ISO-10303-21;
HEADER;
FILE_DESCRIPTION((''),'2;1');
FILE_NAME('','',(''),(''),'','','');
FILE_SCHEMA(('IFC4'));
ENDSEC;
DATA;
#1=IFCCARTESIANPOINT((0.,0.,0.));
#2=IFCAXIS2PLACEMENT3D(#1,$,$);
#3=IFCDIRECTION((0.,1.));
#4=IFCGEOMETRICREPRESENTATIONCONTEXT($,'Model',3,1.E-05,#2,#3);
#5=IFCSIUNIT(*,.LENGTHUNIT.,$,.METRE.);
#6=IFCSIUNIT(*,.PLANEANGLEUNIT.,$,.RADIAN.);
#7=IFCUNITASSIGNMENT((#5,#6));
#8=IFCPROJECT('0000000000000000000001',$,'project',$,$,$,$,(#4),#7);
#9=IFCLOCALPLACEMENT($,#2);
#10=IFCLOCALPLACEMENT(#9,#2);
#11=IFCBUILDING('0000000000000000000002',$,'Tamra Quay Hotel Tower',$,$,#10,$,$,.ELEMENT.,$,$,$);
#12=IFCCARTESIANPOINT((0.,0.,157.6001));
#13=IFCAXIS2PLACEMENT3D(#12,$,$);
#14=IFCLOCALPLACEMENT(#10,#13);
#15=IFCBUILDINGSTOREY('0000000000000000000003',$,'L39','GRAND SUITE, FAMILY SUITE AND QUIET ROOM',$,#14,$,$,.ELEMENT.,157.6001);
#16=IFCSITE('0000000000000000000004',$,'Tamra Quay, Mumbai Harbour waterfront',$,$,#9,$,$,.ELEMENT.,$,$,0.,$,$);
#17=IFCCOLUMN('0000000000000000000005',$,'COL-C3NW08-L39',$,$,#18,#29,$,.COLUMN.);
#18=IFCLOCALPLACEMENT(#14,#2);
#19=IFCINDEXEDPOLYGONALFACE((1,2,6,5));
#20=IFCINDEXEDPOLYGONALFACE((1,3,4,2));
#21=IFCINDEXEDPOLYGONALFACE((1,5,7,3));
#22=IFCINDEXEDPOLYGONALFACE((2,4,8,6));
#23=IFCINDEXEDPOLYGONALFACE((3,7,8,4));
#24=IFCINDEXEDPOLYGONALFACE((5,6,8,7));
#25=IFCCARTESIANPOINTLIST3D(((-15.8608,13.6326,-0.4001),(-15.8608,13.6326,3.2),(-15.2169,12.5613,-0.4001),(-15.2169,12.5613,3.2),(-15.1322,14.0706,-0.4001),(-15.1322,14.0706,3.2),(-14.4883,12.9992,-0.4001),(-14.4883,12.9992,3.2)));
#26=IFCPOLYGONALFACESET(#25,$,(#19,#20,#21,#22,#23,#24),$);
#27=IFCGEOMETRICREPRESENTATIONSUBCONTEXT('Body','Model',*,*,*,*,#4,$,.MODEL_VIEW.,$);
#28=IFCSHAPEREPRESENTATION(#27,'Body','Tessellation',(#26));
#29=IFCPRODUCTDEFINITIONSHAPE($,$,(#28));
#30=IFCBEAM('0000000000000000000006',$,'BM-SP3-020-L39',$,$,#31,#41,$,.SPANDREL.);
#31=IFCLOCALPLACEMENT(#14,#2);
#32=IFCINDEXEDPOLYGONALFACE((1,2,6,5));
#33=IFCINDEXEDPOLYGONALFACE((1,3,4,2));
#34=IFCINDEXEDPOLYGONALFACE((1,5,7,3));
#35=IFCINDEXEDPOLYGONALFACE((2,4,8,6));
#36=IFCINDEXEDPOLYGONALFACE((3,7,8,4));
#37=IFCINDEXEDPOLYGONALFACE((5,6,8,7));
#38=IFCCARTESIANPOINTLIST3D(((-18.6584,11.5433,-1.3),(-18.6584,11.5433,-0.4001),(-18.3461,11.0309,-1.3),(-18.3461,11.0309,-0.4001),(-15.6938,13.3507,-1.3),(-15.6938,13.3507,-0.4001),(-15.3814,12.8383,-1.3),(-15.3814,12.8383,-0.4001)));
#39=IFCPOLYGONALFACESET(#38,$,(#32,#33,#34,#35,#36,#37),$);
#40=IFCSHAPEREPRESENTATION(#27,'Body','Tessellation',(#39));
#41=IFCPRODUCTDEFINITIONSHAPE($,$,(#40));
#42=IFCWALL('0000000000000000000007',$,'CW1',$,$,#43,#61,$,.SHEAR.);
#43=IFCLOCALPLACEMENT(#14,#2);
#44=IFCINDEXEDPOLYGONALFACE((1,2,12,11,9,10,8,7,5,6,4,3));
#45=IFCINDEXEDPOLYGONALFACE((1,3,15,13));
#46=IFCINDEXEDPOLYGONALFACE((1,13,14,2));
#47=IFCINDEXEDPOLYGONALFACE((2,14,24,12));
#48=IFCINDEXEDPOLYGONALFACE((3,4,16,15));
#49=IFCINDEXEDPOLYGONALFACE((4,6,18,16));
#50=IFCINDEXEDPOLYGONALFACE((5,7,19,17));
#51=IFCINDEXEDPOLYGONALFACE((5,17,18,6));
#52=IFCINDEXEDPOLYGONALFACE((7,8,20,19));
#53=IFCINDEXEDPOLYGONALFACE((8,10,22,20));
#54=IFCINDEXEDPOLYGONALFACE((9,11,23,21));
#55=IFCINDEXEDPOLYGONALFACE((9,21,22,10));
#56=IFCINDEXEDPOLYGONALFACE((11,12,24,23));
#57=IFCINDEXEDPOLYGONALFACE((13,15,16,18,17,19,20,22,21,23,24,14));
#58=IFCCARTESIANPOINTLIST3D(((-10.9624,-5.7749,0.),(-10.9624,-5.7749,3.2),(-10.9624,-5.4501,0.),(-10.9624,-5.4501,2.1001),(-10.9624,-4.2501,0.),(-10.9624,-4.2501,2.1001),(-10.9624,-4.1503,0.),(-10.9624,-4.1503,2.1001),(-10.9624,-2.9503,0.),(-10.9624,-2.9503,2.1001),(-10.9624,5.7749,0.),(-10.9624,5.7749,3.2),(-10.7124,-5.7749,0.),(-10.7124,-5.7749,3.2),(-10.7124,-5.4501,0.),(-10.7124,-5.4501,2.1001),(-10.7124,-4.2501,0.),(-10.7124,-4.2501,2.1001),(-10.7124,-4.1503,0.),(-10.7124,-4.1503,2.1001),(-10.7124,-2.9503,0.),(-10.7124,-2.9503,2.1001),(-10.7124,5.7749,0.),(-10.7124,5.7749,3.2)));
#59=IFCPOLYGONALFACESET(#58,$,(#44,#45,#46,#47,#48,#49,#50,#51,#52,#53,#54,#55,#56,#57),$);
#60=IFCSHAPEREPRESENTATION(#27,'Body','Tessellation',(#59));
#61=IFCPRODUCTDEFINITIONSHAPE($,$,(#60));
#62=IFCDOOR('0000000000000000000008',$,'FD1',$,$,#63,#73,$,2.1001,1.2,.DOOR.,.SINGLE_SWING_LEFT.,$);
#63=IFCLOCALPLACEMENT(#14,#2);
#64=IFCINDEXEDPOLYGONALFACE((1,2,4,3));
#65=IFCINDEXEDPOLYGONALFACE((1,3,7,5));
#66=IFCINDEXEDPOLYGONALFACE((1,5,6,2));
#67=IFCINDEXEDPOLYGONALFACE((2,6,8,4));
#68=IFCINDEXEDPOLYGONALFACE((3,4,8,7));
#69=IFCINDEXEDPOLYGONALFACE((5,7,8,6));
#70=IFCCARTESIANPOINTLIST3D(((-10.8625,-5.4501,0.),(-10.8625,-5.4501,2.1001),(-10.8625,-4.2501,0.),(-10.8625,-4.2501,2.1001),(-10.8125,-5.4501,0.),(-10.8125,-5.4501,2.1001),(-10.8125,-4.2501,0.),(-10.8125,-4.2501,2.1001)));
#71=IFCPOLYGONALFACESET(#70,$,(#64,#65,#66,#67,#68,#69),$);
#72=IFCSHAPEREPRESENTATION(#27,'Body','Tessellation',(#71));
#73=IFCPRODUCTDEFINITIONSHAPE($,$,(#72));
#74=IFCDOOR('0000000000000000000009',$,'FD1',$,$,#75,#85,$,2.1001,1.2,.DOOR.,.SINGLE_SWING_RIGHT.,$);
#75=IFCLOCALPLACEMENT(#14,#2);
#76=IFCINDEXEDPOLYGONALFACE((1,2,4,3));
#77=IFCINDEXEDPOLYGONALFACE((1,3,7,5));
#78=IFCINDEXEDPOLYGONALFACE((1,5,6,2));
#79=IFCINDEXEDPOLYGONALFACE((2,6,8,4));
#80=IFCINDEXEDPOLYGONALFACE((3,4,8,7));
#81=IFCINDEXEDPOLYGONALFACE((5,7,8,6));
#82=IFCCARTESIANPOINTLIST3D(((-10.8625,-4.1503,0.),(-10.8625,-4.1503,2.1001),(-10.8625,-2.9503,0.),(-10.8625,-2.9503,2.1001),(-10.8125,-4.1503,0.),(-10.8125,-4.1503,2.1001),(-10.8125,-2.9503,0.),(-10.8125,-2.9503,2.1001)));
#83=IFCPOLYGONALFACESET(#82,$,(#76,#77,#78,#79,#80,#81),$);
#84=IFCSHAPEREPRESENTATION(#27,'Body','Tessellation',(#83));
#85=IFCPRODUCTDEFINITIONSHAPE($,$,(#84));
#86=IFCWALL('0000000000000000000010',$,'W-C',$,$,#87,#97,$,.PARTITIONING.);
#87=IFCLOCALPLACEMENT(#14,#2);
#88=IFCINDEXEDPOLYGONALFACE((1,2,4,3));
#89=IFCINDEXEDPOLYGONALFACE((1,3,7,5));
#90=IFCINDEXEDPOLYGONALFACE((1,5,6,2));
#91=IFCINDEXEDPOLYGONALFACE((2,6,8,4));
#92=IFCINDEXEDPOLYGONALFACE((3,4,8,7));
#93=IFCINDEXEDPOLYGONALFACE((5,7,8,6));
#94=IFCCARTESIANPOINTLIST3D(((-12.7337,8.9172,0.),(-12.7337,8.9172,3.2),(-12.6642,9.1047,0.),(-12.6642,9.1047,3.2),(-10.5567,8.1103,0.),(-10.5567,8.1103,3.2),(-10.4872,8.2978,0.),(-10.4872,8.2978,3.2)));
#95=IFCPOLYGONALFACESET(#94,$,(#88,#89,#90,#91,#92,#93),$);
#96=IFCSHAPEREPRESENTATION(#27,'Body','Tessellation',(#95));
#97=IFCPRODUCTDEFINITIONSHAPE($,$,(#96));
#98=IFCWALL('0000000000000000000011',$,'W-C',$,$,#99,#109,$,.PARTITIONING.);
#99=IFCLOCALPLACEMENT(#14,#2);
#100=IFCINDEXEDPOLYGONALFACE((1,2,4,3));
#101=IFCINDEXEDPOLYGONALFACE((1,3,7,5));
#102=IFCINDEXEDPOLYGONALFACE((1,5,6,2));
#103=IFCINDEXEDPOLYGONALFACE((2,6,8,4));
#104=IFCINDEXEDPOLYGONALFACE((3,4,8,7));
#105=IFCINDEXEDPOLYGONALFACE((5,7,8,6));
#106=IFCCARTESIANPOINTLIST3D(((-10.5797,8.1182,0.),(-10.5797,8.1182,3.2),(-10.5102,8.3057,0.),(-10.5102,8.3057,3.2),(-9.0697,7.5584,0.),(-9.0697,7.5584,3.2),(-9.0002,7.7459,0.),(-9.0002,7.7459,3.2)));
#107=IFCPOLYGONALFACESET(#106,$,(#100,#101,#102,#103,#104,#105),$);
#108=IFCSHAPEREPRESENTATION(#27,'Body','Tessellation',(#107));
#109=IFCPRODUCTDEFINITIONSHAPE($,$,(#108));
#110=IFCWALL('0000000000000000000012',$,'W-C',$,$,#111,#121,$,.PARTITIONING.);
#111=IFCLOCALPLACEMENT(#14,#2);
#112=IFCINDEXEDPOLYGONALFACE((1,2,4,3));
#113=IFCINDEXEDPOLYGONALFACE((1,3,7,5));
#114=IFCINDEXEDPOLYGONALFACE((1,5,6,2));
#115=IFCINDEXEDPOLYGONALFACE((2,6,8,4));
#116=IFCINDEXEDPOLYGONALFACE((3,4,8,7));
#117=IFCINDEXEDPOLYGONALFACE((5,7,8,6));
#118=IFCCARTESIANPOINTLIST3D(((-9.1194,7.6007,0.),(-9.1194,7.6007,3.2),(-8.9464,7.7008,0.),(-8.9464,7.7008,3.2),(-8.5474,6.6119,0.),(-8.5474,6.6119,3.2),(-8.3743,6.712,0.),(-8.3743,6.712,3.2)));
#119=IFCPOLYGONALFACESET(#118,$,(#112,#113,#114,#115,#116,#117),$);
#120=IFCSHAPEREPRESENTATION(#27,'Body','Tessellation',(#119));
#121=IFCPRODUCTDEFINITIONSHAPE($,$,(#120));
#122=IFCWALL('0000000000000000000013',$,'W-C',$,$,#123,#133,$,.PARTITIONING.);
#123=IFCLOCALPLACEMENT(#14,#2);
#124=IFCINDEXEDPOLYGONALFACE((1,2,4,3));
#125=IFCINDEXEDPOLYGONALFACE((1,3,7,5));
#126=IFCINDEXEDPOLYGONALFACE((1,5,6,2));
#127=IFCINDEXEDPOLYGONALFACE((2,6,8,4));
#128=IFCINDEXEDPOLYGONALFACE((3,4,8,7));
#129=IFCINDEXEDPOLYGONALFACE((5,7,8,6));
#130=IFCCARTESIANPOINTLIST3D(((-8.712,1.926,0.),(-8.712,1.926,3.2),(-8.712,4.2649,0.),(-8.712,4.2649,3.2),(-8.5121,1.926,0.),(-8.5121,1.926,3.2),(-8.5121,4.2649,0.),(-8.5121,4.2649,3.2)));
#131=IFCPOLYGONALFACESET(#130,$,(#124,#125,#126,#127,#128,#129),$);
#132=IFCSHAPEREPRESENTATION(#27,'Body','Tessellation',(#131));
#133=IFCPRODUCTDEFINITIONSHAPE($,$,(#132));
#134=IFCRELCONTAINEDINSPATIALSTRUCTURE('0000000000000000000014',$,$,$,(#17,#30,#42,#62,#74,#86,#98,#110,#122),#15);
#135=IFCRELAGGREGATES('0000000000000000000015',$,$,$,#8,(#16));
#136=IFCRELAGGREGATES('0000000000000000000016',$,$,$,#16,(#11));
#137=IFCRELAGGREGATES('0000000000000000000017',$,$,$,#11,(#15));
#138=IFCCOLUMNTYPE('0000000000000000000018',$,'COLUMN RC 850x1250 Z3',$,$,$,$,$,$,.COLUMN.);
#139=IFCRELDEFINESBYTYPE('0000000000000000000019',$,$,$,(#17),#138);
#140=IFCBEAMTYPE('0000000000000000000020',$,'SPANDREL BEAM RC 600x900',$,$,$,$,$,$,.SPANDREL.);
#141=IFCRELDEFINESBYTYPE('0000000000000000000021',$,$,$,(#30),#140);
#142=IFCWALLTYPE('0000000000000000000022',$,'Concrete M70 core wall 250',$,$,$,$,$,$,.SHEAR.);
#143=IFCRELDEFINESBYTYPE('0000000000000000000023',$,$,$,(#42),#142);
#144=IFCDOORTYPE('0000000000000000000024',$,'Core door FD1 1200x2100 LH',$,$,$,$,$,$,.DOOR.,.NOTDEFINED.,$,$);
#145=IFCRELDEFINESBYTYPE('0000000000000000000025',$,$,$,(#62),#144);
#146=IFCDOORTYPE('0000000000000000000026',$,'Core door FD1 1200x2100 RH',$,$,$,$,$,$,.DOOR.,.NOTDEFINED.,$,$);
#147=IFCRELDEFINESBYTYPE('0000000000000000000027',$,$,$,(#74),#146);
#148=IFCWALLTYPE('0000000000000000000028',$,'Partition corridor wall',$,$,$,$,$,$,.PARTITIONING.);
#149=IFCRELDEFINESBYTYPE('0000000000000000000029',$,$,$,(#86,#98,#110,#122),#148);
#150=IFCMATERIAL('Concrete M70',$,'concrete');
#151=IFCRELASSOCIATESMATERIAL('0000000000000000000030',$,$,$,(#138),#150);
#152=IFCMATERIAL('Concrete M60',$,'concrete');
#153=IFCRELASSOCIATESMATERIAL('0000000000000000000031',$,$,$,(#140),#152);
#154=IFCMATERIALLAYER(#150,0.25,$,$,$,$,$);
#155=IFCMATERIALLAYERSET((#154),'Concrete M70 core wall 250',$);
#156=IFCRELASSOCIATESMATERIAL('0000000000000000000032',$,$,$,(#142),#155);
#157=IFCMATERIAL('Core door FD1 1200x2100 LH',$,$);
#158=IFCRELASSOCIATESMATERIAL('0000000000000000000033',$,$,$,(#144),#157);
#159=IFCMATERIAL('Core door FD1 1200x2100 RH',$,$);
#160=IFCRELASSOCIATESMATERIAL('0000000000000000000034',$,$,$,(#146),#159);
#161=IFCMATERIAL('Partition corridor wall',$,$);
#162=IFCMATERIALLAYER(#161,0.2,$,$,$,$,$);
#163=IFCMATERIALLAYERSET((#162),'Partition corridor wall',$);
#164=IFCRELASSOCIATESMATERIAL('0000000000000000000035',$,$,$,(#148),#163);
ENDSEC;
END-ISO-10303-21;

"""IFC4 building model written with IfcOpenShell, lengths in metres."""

from ifc_helpers import new_model, si_unit, direction, frame, frame_2d, origin, origin_2d, place, context, subcontext, project, spatial, rectangle, extrude, material, layer, layer_set, material_profile, profile_set, type_object, element, fill, save


model = new_model("IFC4")

# Units and contexts
model_context = context("Model", 3, precision=1e-05, world=origin(), true_north=direction((0.0, 1.0)))
body_context = subcontext(model_context, "Body", "Model", "MODEL_VIEW")
ifc_project = project(units=[si_unit("LENGTHUNIT", "METRE"), si_unit("PLANEANGLEUNIT", "RADIAN")], contexts=[model_context])

# Site, building, storey
site_placement = place(None, origin())
site = spatial("IfcSite", under=ifc_project, at=site_placement, Name="Tamra Quay, Mumbai Harbour waterfront", CompositionType="ELEMENT", RefElevation=0.0)
building_placement = place(site_placement, origin())
building = spatial("IfcBuilding", under=site, at=building_placement, Name="Tamra Quay Hotel Tower", CompositionType="ELEMENT")
storey_placement = place(building_placement, frame((0.0, 0.0, 157.6001)))
storey = spatial("IfcBuildingStorey", under=building, at=storey_placement, Name="L39", Description="GRAND SUITE, FAMILY SUITE AND QUIET ROOM", CompositionType="ELEMENT", Elevation=157.6001)

# Column
ifc_material_1 = material(Name="Concrete M70", Category="concrete")
ifc_material_profile_1 = material_profile(ifc_material_1, rectangle(XDim=1.25, YDim=0.8501, at=origin_2d()), Name="COLUMN RC 850x1250 Z3")
ifc_profile_set_1 = profile_set([ifc_material_profile_1], Name="Concrete M70")
column_type = type_object("IfcColumnType", Name="COLUMN RC 850x1250 Z3", PredefinedType="COLUMN", material=ifc_profile_set_1)
column_placement = place(storey_placement, frame((-15.1746, 13.3159, -0.4001), z_axis=(0.0, 0.0, 1.0), x_axis=(-0.515162, 0.857093, 0.0)))
element("IfcColumn", 1, at=column_placement, inside=storey, type_object=column_type, Name="COL-C3NW08-L39", PredefinedType="COLUMN", context=body_context, shape_type="SweptSolid", body=[
    extrude(rectangle(XDim=1.25, YDim=0.8501, at=origin_2d()), origin(), (0.0, 0.0, 1.0), 3.6001),
])

# Beam
ifc_material_2 = material(Name="Concrete M60", Category="concrete")
ifc_material_profile_2 = material_profile(ifc_material_2, rectangle(XDim=0.6001, YDim=0.8999, at=origin_2d()), Name="SPANDREL BEAM RC 600x900")
ifc_profile_set_2 = profile_set([ifc_material_profile_2], Name="Concrete M60")
beam_type = type_object("IfcBeamType", Name="SPANDREL BEAM RC 600x900", PredefinedType="SPANDREL", material=ifc_profile_set_2)
beam_placement = place(storey_placement, frame((-15.5376, 13.0945, -0.8501), z_axis=(-0.853836, -0.520542, 0.0), x_axis=(0.520542, -0.853836, 0.0)))
element("IfcBeam", 2, at=beam_placement, inside=storey, type_object=beam_type, Name="BM-SP3-020-L39", PredefinedType="SPANDREL", context=body_context, shape_type="SweptSolid", body=[
    extrude(rectangle(XDim=0.6001, YDim=0.8999, at=origin_2d()), origin(), (0.0, 0.0, 1.0), 3.4722),
])

# Wall, openings, doors
ifc_layer_1 = layer(ifc_material_1, 0.25)
ifc_layer_set_1 = layer_set([ifc_layer_1], Name="Concrete M70 core wall 250")
wall_type_1 = type_object("IfcWallType", Name="Concrete M70 core wall 250", PredefinedType="SHEAR", material=ifc_layer_set_1)
wall_1_placement = place(storey_placement, frame((-10.8374, 5.7749, 0.0), z_axis=(0.0, 0.0, 1.0), x_axis=(0.0, -1.0, 0.0)))
wall_1 = element("IfcWall", 3, at=wall_1_placement, inside=storey, type_object=wall_type_1, Name="CW1", PredefinedType="SHEAR", context=body_context, shape_type="SweptSolid", body=[
    extrude(rectangle(XDim=11.5498, YDim=0.25, at=frame_2d((5.7749, 0.0))), origin(), (0.0, 0.0, 1.0), 3.2),
])
opening_1_placement = place(wall_1_placement, frame((10.0249, 0.0, 0.0)))
opening_1 = element("IfcOpeningElement", 4, at=opening_1_placement, cuts=wall_1, PredefinedType="OPENING", context=body_context, shape_type="SweptSolid", body=[
    extrude(rectangle(XDim=1.2, YDim=2.1001, at=frame_2d((0.6001, 1.05))), frame((0.0, 0.135, 0.0), z_axis=(0.0, -1.0, 0.0), x_axis=(1.0, 0.0, 0.0)), (0.0, 0.0, 1.0), 0.27),
])
opening_2_placement = place(wall_1_placement, frame((8.7251, 0.0, 0.0)))
opening_2 = element("IfcOpeningElement", 5, at=opening_2_placement, cuts=wall_1, PredefinedType="OPENING", context=body_context, shape_type="SweptSolid", body=[
    extrude(rectangle(XDim=1.2, YDim=2.1001, at=frame_2d((0.6001, 1.05))), frame((0.0, 0.135, 0.0), z_axis=(0.0, -1.0, 0.0), x_axis=(1.0, 0.0, 0.0)), (0.0, 0.0, 1.0), 0.27),
])
ifc_material_3 = material(Name="Core door FD1 1200x2100 LH")
door_type_1 = type_object("IfcDoorType", Name="Core door FD1 1200x2100 LH", OperationType="NOTDEFINED", PredefinedType="DOOR", material=ifc_material_3)
door_1_placement = place(opening_1_placement, origin())
door_1 = element("IfcDoor", 6, at=door_1_placement, inside=storey, type_object=door_type_1, Name="FD1", OperationType="SINGLE_SWING_LEFT", OverallHeight=2.1001, OverallWidth=1.2, PredefinedType="DOOR", context=body_context, shape_type="SweptSolid", body=[
    extrude(rectangle(XDim=1.2, YDim=2.1001, at=frame_2d((0.6001, 1.05))), frame((0.0, 0.0249, 0.0), z_axis=(0.0, -1.0, 0.0), x_axis=(1.0, 0.0, 0.0)), (0.0, 0.0, 1.0), 0.05),
])
fill(opening_1, door_1)
ifc_material_4 = material(Name="Core door FD1 1200x2100 RH")
door_type_2 = type_object("IfcDoorType", Name="Core door FD1 1200x2100 RH", OperationType="NOTDEFINED", PredefinedType="DOOR", material=ifc_material_4)
door_2_placement = place(opening_2_placement, origin())
door_2 = element("IfcDoor", 7, at=door_2_placement, inside=storey, type_object=door_type_2, Name="FD1", OperationType="SINGLE_SWING_RIGHT", OverallHeight=2.1001, OverallWidth=1.2, PredefinedType="DOOR", context=body_context, shape_type="SweptSolid", body=[
    extrude(rectangle(XDim=1.2, YDim=2.1001, at=frame_2d((0.6001, 1.05))), frame((0.0, 0.0249, 0.0), z_axis=(0.0, -1.0, 0.0), x_axis=(1.0, 0.0, 0.0)), (0.0, 0.0, 1.0), 0.05),
])
fill(opening_2, door_2)

# Walls
ifc_material_5 = material(Name="Partition corridor wall")
ifc_layer_2 = layer(ifc_material_5, 0.2)
ifc_layer_set_2 = layer_set([ifc_layer_2], Name="Partition corridor wall")
wall_type_2 = type_object("IfcWallType", Name="Partition corridor wall", PredefinedType="PARTITIONING", material=ifc_layer_set_2)
wall_2_placement = place(storey_placement, frame((-12.699, 9.011, 0.0), z_axis=(0.0, 0.0, 1.0), x_axis=(0.937666, -0.347537, 0.0)))
element("IfcWall", 8, at=wall_2_placement, inside=storey, type_object=wall_type_2, Name="W-C", PredefinedType="PARTITIONING", context=body_context, shape_type="SweptSolid", body=[
    extrude(rectangle(XDim=2.3218, YDim=0.2, at=frame_2d((1.1609, 0.0))), origin(), (0.0, 0.0, 1.0), 3.2),
])
wall_3_placement = place(storey_placement, frame((-10.5449, 8.2119, 0.0), z_axis=(0.0, 0.0, 1.0), x_axis=(0.937637, -0.347616, 0.0)))
element("IfcWall", 9, at=wall_3_placement, inside=storey, type_object=wall_type_2, Name="W-C", PredefinedType="PARTITIONING", context=body_context, shape_type="SweptSolid", body=[
    extrude(rectangle(XDim=1.6104, YDim=0.2, at=frame_2d((0.8052, 0.0))), origin(), (0.0, 0.0, 1.0), 3.2),
])
wall_4_placement = place(storey_placement, frame((-9.033, 7.6509, 0.0), z_axis=(0.0, 0.0, 1.0), x_axis=(0.500758, -0.865587, 0.0)))
element("IfcWall", 10, at=wall_4_placement, inside=storey, type_object=wall_type_2, Name="W-C", PredefinedType="PARTITIONING", context=body_context, shape_type="SweptSolid", body=[
    extrude(rectangle(XDim=1.1423, YDim=0.2, at=frame_2d((0.5713, 0.0))), origin(), (0.0, 0.0, 1.0), 3.2),
])
wall_5_placement = place(storey_placement, frame((-8.6121, 1.926, 0.0), z_axis=(0.0, 0.0, 1.0), x_axis=(0.0, 1.0, 0.0)))
element("IfcWall", 11, at=wall_5_placement, inside=storey, type_object=wall_type_2, Name="W-C", PredefinedType="PARTITIONING", context=body_context, shape_type="SweptSolid", body=[
    extrude(rectangle(XDim=2.3389, YDim=0.2, at=frame_2d((1.1694, 0.0))), origin(), (0.0, 0.0, 1.0), 3.2),
])

save(model, "model.ifc")
